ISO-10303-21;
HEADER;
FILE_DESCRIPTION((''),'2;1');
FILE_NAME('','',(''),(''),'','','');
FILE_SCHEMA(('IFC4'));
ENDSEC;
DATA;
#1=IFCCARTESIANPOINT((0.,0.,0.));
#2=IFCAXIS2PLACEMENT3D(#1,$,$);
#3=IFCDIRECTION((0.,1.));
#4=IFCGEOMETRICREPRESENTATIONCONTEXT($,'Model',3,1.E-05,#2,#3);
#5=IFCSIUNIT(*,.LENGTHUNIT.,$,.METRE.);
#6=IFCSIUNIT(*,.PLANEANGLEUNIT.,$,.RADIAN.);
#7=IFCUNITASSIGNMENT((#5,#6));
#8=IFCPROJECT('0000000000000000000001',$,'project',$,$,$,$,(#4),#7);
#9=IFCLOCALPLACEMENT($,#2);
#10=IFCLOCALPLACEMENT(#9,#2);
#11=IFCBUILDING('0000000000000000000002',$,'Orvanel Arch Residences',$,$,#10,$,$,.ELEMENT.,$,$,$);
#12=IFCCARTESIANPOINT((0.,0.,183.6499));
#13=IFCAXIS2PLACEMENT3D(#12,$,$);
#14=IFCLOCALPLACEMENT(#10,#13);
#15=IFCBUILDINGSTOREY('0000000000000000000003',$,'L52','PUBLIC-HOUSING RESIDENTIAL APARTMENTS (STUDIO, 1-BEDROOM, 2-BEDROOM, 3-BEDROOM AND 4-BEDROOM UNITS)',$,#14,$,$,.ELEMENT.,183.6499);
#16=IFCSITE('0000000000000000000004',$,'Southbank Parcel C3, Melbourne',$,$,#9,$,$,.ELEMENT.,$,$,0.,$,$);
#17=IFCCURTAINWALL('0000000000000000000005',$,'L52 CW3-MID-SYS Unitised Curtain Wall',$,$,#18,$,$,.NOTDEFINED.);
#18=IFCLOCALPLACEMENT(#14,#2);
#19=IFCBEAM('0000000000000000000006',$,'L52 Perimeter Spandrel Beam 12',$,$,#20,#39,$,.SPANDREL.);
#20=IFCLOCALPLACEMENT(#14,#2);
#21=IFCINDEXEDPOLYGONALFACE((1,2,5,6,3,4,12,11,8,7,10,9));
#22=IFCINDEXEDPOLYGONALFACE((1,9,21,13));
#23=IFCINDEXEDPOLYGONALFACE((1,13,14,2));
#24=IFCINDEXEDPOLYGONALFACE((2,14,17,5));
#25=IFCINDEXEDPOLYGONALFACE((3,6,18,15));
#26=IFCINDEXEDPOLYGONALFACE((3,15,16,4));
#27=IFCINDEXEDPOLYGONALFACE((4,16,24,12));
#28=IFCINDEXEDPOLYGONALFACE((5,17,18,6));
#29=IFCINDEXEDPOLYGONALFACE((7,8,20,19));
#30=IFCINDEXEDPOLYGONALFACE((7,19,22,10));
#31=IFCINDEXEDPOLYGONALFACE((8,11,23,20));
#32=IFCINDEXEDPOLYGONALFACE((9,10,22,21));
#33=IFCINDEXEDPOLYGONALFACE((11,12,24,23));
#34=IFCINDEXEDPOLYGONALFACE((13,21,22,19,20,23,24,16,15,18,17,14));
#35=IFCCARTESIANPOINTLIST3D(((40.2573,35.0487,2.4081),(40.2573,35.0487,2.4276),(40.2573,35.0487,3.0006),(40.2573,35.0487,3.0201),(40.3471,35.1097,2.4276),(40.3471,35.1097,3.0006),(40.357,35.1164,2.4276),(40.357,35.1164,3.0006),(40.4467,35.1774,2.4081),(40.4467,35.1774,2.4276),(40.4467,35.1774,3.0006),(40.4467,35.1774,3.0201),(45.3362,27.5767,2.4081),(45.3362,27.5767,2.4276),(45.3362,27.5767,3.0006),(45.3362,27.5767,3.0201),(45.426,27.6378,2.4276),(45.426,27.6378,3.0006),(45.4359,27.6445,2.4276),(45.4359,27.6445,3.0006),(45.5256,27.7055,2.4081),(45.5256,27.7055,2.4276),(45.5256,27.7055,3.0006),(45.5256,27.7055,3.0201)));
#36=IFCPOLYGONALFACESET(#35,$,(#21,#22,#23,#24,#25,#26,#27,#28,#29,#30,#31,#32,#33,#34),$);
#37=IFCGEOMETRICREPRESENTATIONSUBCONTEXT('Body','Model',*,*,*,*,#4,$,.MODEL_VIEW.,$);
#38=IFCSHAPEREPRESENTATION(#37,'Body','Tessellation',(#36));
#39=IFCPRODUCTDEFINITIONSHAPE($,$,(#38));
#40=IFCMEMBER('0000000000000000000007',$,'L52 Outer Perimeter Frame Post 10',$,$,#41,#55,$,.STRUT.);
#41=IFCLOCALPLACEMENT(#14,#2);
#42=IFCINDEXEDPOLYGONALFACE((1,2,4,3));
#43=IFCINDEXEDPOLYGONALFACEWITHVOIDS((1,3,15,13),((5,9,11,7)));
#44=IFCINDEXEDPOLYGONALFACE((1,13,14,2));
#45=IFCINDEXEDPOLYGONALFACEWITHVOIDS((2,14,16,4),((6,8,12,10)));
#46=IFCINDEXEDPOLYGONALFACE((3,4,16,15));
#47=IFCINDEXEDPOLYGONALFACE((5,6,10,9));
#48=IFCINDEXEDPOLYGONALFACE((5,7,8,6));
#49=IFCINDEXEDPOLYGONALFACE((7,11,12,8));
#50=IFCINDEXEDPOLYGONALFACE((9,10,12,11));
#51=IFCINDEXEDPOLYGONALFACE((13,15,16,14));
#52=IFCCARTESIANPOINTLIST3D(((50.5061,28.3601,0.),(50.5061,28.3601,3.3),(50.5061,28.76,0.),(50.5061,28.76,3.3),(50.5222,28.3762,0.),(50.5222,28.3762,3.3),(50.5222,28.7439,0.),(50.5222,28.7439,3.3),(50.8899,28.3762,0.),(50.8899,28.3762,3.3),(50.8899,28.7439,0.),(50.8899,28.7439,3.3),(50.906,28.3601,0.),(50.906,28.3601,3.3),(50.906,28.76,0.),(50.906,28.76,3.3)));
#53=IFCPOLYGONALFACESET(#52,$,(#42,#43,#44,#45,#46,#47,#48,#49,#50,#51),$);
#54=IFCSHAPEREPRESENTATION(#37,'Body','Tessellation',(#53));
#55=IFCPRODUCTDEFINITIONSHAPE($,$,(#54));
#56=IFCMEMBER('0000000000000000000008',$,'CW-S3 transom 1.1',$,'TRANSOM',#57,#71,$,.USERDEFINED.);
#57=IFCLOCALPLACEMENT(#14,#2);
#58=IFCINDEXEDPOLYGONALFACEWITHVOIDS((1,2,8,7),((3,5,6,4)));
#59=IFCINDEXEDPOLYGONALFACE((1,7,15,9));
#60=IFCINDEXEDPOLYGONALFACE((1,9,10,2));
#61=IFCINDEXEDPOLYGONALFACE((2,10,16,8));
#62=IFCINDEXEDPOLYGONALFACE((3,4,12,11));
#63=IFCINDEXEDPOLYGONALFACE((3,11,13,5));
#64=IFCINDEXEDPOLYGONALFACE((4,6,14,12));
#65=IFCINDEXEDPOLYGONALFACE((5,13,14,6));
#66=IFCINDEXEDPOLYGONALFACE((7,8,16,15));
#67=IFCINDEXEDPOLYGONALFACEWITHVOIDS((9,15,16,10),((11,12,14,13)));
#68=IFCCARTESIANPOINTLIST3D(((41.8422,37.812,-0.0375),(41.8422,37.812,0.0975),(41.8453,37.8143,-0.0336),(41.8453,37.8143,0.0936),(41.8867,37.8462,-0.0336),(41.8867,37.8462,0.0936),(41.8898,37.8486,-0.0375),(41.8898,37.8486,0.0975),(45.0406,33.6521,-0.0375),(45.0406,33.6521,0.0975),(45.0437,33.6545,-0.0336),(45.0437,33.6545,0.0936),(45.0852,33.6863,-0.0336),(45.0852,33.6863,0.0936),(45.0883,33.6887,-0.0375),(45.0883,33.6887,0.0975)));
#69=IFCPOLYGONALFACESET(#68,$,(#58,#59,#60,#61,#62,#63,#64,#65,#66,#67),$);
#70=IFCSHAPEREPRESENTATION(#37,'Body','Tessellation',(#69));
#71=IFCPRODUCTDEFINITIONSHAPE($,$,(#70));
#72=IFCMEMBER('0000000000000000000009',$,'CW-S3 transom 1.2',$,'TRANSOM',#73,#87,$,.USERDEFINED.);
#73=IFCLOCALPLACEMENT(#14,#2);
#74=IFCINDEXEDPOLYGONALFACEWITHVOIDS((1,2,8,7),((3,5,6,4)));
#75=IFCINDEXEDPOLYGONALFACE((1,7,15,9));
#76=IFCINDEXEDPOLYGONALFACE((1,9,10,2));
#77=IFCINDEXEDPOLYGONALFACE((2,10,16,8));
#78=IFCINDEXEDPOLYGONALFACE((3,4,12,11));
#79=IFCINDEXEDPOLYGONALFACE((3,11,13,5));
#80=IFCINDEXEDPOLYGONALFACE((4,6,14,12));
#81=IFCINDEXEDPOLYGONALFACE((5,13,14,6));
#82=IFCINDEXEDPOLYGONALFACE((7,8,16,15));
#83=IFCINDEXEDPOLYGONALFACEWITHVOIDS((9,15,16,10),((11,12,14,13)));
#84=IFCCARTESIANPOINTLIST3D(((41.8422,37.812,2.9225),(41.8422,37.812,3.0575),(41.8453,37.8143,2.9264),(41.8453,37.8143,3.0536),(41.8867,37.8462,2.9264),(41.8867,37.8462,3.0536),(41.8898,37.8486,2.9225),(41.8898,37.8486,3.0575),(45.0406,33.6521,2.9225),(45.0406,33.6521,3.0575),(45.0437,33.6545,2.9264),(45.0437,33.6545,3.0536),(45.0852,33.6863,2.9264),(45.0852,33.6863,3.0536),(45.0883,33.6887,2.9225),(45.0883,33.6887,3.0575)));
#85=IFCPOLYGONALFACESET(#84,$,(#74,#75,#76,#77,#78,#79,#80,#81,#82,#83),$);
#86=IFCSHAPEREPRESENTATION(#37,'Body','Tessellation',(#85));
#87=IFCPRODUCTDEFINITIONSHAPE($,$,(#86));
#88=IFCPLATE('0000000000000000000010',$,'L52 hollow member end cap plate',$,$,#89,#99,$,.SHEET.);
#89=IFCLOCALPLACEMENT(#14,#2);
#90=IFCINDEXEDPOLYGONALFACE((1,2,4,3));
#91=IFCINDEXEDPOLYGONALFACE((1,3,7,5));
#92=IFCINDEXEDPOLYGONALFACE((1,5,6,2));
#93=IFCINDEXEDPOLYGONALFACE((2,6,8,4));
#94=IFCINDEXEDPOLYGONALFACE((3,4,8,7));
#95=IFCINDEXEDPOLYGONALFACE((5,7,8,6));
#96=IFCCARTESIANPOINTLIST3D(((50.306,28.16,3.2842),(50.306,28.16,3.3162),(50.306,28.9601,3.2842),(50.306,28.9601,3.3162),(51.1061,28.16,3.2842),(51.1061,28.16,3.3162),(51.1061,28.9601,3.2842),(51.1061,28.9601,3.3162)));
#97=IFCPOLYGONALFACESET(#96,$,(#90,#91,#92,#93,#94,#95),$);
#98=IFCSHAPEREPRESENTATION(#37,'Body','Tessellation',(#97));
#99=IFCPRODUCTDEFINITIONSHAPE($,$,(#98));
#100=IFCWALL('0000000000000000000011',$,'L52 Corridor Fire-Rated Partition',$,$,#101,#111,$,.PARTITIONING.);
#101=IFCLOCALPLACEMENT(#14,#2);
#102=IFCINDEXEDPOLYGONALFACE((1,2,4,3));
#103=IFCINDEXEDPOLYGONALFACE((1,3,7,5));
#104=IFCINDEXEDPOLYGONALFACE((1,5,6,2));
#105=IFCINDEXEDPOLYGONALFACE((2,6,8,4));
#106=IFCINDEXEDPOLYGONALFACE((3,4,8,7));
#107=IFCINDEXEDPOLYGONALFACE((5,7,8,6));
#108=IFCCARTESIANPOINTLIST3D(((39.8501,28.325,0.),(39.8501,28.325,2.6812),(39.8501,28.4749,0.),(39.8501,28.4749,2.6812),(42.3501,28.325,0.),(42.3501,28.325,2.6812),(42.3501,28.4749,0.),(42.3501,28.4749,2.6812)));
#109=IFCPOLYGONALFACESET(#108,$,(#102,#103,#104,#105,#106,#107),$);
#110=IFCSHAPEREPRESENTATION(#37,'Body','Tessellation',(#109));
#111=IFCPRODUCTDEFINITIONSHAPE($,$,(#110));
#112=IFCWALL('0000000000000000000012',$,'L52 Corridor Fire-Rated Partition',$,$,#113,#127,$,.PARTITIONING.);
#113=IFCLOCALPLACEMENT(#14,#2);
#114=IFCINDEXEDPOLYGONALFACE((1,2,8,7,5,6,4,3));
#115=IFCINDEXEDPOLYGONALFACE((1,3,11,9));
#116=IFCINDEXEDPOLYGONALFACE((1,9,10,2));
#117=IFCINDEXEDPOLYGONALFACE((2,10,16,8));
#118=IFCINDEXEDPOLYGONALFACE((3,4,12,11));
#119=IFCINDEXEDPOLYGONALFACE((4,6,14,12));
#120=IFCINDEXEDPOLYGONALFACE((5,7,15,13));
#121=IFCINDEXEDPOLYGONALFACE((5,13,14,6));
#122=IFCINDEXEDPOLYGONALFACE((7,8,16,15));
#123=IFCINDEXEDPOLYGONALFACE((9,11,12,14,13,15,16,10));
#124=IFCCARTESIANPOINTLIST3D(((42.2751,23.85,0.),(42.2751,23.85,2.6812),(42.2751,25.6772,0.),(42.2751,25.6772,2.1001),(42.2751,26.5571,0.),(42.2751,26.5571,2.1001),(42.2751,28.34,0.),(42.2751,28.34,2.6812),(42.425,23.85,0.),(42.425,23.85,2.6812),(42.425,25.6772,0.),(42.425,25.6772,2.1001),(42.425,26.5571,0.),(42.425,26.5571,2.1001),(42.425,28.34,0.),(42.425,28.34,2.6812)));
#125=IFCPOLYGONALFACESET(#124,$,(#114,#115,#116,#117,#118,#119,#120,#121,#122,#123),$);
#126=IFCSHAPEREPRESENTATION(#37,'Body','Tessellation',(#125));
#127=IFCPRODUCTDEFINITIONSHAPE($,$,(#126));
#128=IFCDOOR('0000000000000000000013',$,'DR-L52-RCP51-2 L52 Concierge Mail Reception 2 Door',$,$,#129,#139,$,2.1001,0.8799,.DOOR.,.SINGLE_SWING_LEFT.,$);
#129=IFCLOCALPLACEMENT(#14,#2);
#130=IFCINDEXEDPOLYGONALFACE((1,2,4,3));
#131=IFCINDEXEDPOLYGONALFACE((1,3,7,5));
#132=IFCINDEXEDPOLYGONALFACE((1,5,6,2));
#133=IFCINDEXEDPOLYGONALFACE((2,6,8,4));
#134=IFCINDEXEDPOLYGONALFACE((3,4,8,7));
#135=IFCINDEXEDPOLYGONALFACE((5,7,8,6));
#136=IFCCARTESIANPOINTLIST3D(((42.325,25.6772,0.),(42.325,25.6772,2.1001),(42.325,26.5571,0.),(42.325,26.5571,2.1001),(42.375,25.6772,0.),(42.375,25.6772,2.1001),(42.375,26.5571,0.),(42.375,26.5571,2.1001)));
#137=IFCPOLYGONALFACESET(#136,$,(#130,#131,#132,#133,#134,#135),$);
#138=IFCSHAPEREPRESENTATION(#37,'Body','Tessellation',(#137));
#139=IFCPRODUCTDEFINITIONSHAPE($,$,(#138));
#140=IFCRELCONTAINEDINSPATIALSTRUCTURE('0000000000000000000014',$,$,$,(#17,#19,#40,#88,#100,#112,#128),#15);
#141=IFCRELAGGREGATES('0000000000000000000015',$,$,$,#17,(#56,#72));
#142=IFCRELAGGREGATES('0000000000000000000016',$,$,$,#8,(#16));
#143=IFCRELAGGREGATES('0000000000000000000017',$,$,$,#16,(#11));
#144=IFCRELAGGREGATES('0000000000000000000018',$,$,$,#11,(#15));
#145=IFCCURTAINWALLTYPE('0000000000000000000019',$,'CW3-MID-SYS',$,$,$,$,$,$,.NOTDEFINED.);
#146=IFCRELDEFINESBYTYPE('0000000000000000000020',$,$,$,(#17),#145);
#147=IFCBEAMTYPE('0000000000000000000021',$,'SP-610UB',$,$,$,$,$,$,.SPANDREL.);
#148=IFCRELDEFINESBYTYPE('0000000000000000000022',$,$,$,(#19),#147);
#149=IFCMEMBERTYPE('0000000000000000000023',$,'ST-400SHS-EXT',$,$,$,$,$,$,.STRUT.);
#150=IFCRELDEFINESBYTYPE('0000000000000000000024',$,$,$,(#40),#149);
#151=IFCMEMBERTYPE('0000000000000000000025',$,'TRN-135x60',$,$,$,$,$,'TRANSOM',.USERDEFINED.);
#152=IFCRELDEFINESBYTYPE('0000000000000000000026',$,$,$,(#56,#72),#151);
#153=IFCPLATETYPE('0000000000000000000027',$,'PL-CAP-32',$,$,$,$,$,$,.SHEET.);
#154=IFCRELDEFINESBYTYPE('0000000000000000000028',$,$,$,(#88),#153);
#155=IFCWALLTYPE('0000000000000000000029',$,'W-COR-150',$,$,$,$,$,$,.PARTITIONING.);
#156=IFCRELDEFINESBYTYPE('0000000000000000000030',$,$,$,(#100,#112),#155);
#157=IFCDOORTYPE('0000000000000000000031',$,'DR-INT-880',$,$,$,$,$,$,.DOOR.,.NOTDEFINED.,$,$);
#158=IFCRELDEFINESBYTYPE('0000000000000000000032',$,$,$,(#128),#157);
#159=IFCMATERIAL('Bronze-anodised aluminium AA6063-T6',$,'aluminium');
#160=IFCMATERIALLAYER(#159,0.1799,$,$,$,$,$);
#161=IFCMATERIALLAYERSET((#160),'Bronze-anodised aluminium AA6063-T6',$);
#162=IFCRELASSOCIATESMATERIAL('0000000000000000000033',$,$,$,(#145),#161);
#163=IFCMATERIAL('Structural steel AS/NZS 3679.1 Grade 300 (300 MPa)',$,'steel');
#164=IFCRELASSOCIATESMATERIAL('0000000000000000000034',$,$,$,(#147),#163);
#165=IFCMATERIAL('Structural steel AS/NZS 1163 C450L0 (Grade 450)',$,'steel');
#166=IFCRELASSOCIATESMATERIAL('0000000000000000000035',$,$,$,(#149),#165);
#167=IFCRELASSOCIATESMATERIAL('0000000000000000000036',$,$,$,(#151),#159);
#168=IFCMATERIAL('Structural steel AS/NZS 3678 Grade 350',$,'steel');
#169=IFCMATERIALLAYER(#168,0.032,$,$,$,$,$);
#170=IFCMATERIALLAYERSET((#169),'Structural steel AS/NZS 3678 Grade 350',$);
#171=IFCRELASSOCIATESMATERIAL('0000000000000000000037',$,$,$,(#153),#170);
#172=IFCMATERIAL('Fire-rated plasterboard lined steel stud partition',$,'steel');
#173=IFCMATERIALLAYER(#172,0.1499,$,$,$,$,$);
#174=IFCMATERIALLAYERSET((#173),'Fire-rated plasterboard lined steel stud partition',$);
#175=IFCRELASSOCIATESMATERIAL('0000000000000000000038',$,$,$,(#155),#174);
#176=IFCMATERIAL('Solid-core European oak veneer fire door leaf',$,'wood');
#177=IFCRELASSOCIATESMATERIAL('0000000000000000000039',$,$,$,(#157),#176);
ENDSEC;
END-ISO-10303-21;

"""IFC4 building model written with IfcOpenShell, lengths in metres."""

from ifc_helpers import new_model, si_unit, direction, frame, frame_2d, origin, origin_2d, place, context, subcontext, project, spatial, rectangle, hollow_rectangle, i_section, extrude, material, layer, layer_set, material_profile, profile_set, type_object, element, fill, aggregate, save


model = new_model("IFC4")

# Units and contexts
model_context = context("Model", 3, precision=1e-05, world=origin(), true_north=direction((0.0, 1.0)))
body_context = subcontext(model_context, "Body", "Model", "MODEL_VIEW")
ifc_project = project(units=[si_unit("LENGTHUNIT", "METRE"), si_unit("PLANEANGLEUNIT", "RADIAN")], contexts=[model_context])

# Site, building, storey
site_placement = place(None, origin())
site = spatial("IfcSite", under=ifc_project, at=site_placement, Name="Southbank Parcel C3, Melbourne", CompositionType="ELEMENT", RefElevation=0.0)
building_placement = place(site_placement, origin())
building = spatial("IfcBuilding", under=site, at=building_placement, Name="Orvanel Arch Residences", CompositionType="ELEMENT")
storey_placement = place(building_placement, frame((0.0, 0.0, 183.6499)))
storey = spatial("IfcBuildingStorey", under=building, at=storey_placement, Name="L52", Description="PUBLIC-HOUSING RESIDENTIAL APARTMENTS (STUDIO, 1-BEDROOM, 2-BEDROOM, 3-BEDROOM AND 4-BEDROOM UNITS)", CompositionType="ELEMENT", Elevation=183.6499)

# Shared definitions
ifc_material_1 = material(Name="Structural steel AS/NZS 1163 C450L0 (Grade 450)", Category="steel")

# Shared definitions
ifc_material_2 = material(Name="Structural steel AS/NZS 3679.1 Grade 300 (300 MPa)", Category="steel")

# Curtain wall
ifc_material_3 = material(Name="Bronze-anodised aluminium AA6063-T6", Category="aluminium")
ifc_layer_1 = layer(ifc_material_3, 0.1799)
ifc_layer_set_1 = layer_set([ifc_layer_1], Name="Bronze-anodised aluminium AA6063-T6")
curtain_wall_type = type_object("IfcCurtainWallType", Name="CW3-MID-SYS", PredefinedType="NOTDEFINED", material=ifc_layer_set_1)
curtain_wall_placement = place(storey_placement, origin())
curtain_wall = element("IfcCurtainWall", 1, at=curtain_wall_placement, inside=storey, type_object=curtain_wall_type, Name="L52 CW3-MID-SYS Unitised Curtain Wall", PredefinedType="NOTDEFINED")

# Beam
ifc_material_profile_1 = material_profile(ifc_material_2, i_section(OverallWidth=0.229, OverallDepth=0.6121, WebThickness=0.012, FlangeThickness=0.0195, at=origin_2d()), Name="610UB125")
ifc_profile_set_1 = profile_set([ifc_material_profile_1], Name="Structural steel AS/NZS 3679.1 Grade 300 (300 MPa)")
beam_type_1 = type_object("IfcBeamType", Name="SP-610UB", PredefinedType="SPANDREL", material=ifc_profile_set_1)
beam_1_placement = place(storey_placement, frame((45.4309, 27.6411, 2.7141), z_axis=(-0.562155, 0.827032, 0.0), x_axis=(-0.827032, -0.562155, 0.0)))
element("IfcBeam", 2, at=beam_1_placement, inside=storey, type_object=beam_type_1, Name="L52 Perimeter Spandrel Beam 12", PredefinedType="SPANDREL", context=body_context, shape_type="SweptSolid", body=[
    extrude(i_section(OverallWidth=0.229, OverallDepth=0.6121, WebThickness=0.012, FlangeThickness=0.0195, at=origin_2d()), origin(), (0.0, 0.0, 1.0), 9.0347),
])

# Members
ifc_material_profile_2 = material_profile(ifc_material_1, hollow_rectangle(XDim=0.3999, YDim=0.3999, WallThickness=0.0161, at=origin_2d()), Name="SHS400x400x16")
ifc_profile_set_2 = profile_set([ifc_material_profile_2], Name="Structural steel AS/NZS 1163 C450L0 (Grade 450)")
member_type_1 = type_object("IfcMemberType", Name="ST-400SHS-EXT", PredefinedType="STRUT", material=ifc_profile_set_2)
member_1_placement = place(storey_placement, frame((50.7061, 28.5601, 0.0), z_axis=(0.0, 0.0, 1.0), x_axis=(1.0, 0.0, 0.0)))
element("IfcMember", 3, at=member_1_placement, inside=storey, type_object=member_type_1, Name="L52 Outer Perimeter Frame Post 10", PredefinedType="STRUT", context=body_context, shape_type="SweptSolid", body=[
    extrude(hollow_rectangle(XDim=0.3999, YDim=0.3999, WallThickness=0.0161, at=origin_2d()), origin(), (0.0, 0.0, 1.0), 3.3),
])
ifc_material_profile_3 = material_profile(ifc_material_3, hollow_rectangle(XDim=0.0601, YDim=0.135, WallThickness=0.0039, at=origin_2d()), Name="ALU135x60x4")
ifc_profile_set_3 = profile_set([ifc_material_profile_3], Name="Bronze-anodised aluminium AA6063-T6")
member_type_2 = type_object("IfcMemberType", Name="TRN-135x60", ElementType="TRANSOM", PredefinedType="USERDEFINED", material=ifc_profile_set_3)
member_2_placement = place(storey_placement, frame((45.0645, 33.6704, 0.03), z_axis=(-0.609538, 0.792757, 0.0), x_axis=(-0.792757, -0.609538, 0.0)))
member_2 = element("IfcMember", 4, at=member_2_placement, type_object=member_type_2, Name="CW-S3 transom 1.1", ObjectType="TRANSOM", PredefinedType="USERDEFINED", context=body_context, shape_type="SweptSolid", body=[
    extrude(hollow_rectangle(XDim=0.0601, YDim=0.135, WallThickness=0.0039, at=origin_2d()), origin(), (0.0, 0.0, 1.0), 5.2473),
])
member_3_placement = place(storey_placement, frame((45.0645, 33.6704, 2.99), z_axis=(-0.609538, 0.792757, 0.0), x_axis=(-0.792757, -0.609538, 0.0)))
member_3 = element("IfcMember", 5, at=member_3_placement, type_object=member_type_2, Name="CW-S3 transom 1.2", ObjectType="TRANSOM", PredefinedType="USERDEFINED", context=body_context, shape_type="SweptSolid", body=[
    extrude(hollow_rectangle(XDim=0.0601, YDim=0.135, WallThickness=0.0039, at=origin_2d()), origin(), (0.0, 0.0, 1.0), 5.2473),
])
aggregate(curtain_wall, [member_2, member_3])

# Plate
ifc_material_4 = material(Name="Structural steel AS/NZS 3678 Grade 350", Category="steel")
ifc_layer_2 = layer(ifc_material_4, 0.032)
ifc_layer_set_2 = layer_set([ifc_layer_2], Name="Structural steel AS/NZS 3678 Grade 350")
plate_type = type_object("IfcPlateType", Name="PL-CAP-32", PredefinedType="SHEET", material=ifc_layer_set_2)
plate_placement = place(storey_placement, frame((50.7061, 28.5601, 3.2842), z_axis=(0.0, 0.0, 1.0), x_axis=(1.0, 0.0, 0.0)))
element("IfcPlate", 6, at=plate_placement, inside=storey, type_object=plate_type, Name="L52 hollow member end cap plate", PredefinedType="SHEET", context=body_context, shape_type="SweptSolid", body=[
    extrude(rectangle(XDim=0.8, YDim=0.8, at=origin_2d()), origin(), (0.0, 0.0, 1.0), 0.032),
])

# Wall
ifc_material_5 = material(Name="Fire-rated plasterboard lined steel stud partition", Category="steel")
ifc_layer_3 = layer(ifc_material_5, 0.1499)
ifc_layer_set_3 = layer_set([ifc_layer_3], Name="Fire-rated plasterboard lined steel stud partition")
wall_type = type_object("IfcWallType", Name="W-COR-150", PredefinedType="PARTITIONING", material=ifc_layer_set_3)
wall_1_placement = place(storey_placement, frame((39.8501, 28.3999, 0.0), z_axis=(0.0, 0.0, 1.0), x_axis=(1.0, 0.0, 0.0)))
element("IfcWall", 7, at=wall_1_placement, inside=storey, type_object=wall_type, Name="L52 Corridor Fire-Rated Partition", PredefinedType="PARTITIONING", context=body_context, shape_type="SweptSolid", body=[
    extrude(rectangle(XDim=2.5, YDim=0.1499, at=frame_2d((1.25, 0.0))), origin(), (0.0, 0.0, 1.0), 2.6812),
])

# Wall, opening, door
wall_2_placement = place(storey_placement, frame((42.3501, 28.3401, 0.0), z_axis=(0.0, 0.0, 1.0), x_axis=(0.0, -1.0, 0.0)))
wall_2 = element("IfcWall", 8, at=wall_2_placement, inside=storey, type_object=wall_type, Name="L52 Corridor Fire-Rated Partition", PredefinedType="PARTITIONING", context=body_context, shape_type="SweptSolid", body=[
    extrude(rectangle(XDim=4.49, YDim=0.1499, at=frame_2d((2.2451, 0.0))), origin(), (0.0, 0.0, 1.0), 2.6812),
])
opening_placement = place(wall_2_placement, frame((1.783, 0.0, 0.0)))
opening = element("IfcOpeningElement", 9, at=opening_placement, cuts=wall_2, PredefinedType="OPENING", context=body_context, shape_type="SweptSolid", body=[
    extrude(rectangle(XDim=0.8799, YDim=2.1001, at=frame_2d((0.4399, 1.05))), frame((0.0, 0.085, 0.0), z_axis=(0.0, -1.0, 0.0), x_axis=(1.0, 0.0, 0.0)), (0.0, 0.0, 1.0), 0.1699),
])
ifc_material_6 = material(Name="Solid-core European oak veneer fire door leaf", Category="wood")
door_type = type_object("IfcDoorType", Name="DR-INT-880", OperationType="NOTDEFINED", PredefinedType="DOOR", material=ifc_material_6)
door_placement = place(opening_placement, origin())
door = element("IfcDoor", 10, at=door_placement, inside=storey, type_object=door_type, Name="DR-L52-RCP51-2 L52 Concierge Mail Reception 2 Door", OperationType="SINGLE_SWING_LEFT", OverallHeight=2.1001, OverallWidth=0.8799, PredefinedType="DOOR", context=body_context, shape_type="SweptSolid", body=[
    extrude(rectangle(XDim=0.8799, YDim=2.1001, at=frame_2d((0.4399, 1.05))), frame((0.0, 0.0249, 0.0), z_axis=(0.0, -1.0, 0.0), x_axis=(1.0, 0.0, 0.0)), (0.0, 0.0, 1.0), 0.05),
])
fill(opening, door)

save(model, "model.ifc")
